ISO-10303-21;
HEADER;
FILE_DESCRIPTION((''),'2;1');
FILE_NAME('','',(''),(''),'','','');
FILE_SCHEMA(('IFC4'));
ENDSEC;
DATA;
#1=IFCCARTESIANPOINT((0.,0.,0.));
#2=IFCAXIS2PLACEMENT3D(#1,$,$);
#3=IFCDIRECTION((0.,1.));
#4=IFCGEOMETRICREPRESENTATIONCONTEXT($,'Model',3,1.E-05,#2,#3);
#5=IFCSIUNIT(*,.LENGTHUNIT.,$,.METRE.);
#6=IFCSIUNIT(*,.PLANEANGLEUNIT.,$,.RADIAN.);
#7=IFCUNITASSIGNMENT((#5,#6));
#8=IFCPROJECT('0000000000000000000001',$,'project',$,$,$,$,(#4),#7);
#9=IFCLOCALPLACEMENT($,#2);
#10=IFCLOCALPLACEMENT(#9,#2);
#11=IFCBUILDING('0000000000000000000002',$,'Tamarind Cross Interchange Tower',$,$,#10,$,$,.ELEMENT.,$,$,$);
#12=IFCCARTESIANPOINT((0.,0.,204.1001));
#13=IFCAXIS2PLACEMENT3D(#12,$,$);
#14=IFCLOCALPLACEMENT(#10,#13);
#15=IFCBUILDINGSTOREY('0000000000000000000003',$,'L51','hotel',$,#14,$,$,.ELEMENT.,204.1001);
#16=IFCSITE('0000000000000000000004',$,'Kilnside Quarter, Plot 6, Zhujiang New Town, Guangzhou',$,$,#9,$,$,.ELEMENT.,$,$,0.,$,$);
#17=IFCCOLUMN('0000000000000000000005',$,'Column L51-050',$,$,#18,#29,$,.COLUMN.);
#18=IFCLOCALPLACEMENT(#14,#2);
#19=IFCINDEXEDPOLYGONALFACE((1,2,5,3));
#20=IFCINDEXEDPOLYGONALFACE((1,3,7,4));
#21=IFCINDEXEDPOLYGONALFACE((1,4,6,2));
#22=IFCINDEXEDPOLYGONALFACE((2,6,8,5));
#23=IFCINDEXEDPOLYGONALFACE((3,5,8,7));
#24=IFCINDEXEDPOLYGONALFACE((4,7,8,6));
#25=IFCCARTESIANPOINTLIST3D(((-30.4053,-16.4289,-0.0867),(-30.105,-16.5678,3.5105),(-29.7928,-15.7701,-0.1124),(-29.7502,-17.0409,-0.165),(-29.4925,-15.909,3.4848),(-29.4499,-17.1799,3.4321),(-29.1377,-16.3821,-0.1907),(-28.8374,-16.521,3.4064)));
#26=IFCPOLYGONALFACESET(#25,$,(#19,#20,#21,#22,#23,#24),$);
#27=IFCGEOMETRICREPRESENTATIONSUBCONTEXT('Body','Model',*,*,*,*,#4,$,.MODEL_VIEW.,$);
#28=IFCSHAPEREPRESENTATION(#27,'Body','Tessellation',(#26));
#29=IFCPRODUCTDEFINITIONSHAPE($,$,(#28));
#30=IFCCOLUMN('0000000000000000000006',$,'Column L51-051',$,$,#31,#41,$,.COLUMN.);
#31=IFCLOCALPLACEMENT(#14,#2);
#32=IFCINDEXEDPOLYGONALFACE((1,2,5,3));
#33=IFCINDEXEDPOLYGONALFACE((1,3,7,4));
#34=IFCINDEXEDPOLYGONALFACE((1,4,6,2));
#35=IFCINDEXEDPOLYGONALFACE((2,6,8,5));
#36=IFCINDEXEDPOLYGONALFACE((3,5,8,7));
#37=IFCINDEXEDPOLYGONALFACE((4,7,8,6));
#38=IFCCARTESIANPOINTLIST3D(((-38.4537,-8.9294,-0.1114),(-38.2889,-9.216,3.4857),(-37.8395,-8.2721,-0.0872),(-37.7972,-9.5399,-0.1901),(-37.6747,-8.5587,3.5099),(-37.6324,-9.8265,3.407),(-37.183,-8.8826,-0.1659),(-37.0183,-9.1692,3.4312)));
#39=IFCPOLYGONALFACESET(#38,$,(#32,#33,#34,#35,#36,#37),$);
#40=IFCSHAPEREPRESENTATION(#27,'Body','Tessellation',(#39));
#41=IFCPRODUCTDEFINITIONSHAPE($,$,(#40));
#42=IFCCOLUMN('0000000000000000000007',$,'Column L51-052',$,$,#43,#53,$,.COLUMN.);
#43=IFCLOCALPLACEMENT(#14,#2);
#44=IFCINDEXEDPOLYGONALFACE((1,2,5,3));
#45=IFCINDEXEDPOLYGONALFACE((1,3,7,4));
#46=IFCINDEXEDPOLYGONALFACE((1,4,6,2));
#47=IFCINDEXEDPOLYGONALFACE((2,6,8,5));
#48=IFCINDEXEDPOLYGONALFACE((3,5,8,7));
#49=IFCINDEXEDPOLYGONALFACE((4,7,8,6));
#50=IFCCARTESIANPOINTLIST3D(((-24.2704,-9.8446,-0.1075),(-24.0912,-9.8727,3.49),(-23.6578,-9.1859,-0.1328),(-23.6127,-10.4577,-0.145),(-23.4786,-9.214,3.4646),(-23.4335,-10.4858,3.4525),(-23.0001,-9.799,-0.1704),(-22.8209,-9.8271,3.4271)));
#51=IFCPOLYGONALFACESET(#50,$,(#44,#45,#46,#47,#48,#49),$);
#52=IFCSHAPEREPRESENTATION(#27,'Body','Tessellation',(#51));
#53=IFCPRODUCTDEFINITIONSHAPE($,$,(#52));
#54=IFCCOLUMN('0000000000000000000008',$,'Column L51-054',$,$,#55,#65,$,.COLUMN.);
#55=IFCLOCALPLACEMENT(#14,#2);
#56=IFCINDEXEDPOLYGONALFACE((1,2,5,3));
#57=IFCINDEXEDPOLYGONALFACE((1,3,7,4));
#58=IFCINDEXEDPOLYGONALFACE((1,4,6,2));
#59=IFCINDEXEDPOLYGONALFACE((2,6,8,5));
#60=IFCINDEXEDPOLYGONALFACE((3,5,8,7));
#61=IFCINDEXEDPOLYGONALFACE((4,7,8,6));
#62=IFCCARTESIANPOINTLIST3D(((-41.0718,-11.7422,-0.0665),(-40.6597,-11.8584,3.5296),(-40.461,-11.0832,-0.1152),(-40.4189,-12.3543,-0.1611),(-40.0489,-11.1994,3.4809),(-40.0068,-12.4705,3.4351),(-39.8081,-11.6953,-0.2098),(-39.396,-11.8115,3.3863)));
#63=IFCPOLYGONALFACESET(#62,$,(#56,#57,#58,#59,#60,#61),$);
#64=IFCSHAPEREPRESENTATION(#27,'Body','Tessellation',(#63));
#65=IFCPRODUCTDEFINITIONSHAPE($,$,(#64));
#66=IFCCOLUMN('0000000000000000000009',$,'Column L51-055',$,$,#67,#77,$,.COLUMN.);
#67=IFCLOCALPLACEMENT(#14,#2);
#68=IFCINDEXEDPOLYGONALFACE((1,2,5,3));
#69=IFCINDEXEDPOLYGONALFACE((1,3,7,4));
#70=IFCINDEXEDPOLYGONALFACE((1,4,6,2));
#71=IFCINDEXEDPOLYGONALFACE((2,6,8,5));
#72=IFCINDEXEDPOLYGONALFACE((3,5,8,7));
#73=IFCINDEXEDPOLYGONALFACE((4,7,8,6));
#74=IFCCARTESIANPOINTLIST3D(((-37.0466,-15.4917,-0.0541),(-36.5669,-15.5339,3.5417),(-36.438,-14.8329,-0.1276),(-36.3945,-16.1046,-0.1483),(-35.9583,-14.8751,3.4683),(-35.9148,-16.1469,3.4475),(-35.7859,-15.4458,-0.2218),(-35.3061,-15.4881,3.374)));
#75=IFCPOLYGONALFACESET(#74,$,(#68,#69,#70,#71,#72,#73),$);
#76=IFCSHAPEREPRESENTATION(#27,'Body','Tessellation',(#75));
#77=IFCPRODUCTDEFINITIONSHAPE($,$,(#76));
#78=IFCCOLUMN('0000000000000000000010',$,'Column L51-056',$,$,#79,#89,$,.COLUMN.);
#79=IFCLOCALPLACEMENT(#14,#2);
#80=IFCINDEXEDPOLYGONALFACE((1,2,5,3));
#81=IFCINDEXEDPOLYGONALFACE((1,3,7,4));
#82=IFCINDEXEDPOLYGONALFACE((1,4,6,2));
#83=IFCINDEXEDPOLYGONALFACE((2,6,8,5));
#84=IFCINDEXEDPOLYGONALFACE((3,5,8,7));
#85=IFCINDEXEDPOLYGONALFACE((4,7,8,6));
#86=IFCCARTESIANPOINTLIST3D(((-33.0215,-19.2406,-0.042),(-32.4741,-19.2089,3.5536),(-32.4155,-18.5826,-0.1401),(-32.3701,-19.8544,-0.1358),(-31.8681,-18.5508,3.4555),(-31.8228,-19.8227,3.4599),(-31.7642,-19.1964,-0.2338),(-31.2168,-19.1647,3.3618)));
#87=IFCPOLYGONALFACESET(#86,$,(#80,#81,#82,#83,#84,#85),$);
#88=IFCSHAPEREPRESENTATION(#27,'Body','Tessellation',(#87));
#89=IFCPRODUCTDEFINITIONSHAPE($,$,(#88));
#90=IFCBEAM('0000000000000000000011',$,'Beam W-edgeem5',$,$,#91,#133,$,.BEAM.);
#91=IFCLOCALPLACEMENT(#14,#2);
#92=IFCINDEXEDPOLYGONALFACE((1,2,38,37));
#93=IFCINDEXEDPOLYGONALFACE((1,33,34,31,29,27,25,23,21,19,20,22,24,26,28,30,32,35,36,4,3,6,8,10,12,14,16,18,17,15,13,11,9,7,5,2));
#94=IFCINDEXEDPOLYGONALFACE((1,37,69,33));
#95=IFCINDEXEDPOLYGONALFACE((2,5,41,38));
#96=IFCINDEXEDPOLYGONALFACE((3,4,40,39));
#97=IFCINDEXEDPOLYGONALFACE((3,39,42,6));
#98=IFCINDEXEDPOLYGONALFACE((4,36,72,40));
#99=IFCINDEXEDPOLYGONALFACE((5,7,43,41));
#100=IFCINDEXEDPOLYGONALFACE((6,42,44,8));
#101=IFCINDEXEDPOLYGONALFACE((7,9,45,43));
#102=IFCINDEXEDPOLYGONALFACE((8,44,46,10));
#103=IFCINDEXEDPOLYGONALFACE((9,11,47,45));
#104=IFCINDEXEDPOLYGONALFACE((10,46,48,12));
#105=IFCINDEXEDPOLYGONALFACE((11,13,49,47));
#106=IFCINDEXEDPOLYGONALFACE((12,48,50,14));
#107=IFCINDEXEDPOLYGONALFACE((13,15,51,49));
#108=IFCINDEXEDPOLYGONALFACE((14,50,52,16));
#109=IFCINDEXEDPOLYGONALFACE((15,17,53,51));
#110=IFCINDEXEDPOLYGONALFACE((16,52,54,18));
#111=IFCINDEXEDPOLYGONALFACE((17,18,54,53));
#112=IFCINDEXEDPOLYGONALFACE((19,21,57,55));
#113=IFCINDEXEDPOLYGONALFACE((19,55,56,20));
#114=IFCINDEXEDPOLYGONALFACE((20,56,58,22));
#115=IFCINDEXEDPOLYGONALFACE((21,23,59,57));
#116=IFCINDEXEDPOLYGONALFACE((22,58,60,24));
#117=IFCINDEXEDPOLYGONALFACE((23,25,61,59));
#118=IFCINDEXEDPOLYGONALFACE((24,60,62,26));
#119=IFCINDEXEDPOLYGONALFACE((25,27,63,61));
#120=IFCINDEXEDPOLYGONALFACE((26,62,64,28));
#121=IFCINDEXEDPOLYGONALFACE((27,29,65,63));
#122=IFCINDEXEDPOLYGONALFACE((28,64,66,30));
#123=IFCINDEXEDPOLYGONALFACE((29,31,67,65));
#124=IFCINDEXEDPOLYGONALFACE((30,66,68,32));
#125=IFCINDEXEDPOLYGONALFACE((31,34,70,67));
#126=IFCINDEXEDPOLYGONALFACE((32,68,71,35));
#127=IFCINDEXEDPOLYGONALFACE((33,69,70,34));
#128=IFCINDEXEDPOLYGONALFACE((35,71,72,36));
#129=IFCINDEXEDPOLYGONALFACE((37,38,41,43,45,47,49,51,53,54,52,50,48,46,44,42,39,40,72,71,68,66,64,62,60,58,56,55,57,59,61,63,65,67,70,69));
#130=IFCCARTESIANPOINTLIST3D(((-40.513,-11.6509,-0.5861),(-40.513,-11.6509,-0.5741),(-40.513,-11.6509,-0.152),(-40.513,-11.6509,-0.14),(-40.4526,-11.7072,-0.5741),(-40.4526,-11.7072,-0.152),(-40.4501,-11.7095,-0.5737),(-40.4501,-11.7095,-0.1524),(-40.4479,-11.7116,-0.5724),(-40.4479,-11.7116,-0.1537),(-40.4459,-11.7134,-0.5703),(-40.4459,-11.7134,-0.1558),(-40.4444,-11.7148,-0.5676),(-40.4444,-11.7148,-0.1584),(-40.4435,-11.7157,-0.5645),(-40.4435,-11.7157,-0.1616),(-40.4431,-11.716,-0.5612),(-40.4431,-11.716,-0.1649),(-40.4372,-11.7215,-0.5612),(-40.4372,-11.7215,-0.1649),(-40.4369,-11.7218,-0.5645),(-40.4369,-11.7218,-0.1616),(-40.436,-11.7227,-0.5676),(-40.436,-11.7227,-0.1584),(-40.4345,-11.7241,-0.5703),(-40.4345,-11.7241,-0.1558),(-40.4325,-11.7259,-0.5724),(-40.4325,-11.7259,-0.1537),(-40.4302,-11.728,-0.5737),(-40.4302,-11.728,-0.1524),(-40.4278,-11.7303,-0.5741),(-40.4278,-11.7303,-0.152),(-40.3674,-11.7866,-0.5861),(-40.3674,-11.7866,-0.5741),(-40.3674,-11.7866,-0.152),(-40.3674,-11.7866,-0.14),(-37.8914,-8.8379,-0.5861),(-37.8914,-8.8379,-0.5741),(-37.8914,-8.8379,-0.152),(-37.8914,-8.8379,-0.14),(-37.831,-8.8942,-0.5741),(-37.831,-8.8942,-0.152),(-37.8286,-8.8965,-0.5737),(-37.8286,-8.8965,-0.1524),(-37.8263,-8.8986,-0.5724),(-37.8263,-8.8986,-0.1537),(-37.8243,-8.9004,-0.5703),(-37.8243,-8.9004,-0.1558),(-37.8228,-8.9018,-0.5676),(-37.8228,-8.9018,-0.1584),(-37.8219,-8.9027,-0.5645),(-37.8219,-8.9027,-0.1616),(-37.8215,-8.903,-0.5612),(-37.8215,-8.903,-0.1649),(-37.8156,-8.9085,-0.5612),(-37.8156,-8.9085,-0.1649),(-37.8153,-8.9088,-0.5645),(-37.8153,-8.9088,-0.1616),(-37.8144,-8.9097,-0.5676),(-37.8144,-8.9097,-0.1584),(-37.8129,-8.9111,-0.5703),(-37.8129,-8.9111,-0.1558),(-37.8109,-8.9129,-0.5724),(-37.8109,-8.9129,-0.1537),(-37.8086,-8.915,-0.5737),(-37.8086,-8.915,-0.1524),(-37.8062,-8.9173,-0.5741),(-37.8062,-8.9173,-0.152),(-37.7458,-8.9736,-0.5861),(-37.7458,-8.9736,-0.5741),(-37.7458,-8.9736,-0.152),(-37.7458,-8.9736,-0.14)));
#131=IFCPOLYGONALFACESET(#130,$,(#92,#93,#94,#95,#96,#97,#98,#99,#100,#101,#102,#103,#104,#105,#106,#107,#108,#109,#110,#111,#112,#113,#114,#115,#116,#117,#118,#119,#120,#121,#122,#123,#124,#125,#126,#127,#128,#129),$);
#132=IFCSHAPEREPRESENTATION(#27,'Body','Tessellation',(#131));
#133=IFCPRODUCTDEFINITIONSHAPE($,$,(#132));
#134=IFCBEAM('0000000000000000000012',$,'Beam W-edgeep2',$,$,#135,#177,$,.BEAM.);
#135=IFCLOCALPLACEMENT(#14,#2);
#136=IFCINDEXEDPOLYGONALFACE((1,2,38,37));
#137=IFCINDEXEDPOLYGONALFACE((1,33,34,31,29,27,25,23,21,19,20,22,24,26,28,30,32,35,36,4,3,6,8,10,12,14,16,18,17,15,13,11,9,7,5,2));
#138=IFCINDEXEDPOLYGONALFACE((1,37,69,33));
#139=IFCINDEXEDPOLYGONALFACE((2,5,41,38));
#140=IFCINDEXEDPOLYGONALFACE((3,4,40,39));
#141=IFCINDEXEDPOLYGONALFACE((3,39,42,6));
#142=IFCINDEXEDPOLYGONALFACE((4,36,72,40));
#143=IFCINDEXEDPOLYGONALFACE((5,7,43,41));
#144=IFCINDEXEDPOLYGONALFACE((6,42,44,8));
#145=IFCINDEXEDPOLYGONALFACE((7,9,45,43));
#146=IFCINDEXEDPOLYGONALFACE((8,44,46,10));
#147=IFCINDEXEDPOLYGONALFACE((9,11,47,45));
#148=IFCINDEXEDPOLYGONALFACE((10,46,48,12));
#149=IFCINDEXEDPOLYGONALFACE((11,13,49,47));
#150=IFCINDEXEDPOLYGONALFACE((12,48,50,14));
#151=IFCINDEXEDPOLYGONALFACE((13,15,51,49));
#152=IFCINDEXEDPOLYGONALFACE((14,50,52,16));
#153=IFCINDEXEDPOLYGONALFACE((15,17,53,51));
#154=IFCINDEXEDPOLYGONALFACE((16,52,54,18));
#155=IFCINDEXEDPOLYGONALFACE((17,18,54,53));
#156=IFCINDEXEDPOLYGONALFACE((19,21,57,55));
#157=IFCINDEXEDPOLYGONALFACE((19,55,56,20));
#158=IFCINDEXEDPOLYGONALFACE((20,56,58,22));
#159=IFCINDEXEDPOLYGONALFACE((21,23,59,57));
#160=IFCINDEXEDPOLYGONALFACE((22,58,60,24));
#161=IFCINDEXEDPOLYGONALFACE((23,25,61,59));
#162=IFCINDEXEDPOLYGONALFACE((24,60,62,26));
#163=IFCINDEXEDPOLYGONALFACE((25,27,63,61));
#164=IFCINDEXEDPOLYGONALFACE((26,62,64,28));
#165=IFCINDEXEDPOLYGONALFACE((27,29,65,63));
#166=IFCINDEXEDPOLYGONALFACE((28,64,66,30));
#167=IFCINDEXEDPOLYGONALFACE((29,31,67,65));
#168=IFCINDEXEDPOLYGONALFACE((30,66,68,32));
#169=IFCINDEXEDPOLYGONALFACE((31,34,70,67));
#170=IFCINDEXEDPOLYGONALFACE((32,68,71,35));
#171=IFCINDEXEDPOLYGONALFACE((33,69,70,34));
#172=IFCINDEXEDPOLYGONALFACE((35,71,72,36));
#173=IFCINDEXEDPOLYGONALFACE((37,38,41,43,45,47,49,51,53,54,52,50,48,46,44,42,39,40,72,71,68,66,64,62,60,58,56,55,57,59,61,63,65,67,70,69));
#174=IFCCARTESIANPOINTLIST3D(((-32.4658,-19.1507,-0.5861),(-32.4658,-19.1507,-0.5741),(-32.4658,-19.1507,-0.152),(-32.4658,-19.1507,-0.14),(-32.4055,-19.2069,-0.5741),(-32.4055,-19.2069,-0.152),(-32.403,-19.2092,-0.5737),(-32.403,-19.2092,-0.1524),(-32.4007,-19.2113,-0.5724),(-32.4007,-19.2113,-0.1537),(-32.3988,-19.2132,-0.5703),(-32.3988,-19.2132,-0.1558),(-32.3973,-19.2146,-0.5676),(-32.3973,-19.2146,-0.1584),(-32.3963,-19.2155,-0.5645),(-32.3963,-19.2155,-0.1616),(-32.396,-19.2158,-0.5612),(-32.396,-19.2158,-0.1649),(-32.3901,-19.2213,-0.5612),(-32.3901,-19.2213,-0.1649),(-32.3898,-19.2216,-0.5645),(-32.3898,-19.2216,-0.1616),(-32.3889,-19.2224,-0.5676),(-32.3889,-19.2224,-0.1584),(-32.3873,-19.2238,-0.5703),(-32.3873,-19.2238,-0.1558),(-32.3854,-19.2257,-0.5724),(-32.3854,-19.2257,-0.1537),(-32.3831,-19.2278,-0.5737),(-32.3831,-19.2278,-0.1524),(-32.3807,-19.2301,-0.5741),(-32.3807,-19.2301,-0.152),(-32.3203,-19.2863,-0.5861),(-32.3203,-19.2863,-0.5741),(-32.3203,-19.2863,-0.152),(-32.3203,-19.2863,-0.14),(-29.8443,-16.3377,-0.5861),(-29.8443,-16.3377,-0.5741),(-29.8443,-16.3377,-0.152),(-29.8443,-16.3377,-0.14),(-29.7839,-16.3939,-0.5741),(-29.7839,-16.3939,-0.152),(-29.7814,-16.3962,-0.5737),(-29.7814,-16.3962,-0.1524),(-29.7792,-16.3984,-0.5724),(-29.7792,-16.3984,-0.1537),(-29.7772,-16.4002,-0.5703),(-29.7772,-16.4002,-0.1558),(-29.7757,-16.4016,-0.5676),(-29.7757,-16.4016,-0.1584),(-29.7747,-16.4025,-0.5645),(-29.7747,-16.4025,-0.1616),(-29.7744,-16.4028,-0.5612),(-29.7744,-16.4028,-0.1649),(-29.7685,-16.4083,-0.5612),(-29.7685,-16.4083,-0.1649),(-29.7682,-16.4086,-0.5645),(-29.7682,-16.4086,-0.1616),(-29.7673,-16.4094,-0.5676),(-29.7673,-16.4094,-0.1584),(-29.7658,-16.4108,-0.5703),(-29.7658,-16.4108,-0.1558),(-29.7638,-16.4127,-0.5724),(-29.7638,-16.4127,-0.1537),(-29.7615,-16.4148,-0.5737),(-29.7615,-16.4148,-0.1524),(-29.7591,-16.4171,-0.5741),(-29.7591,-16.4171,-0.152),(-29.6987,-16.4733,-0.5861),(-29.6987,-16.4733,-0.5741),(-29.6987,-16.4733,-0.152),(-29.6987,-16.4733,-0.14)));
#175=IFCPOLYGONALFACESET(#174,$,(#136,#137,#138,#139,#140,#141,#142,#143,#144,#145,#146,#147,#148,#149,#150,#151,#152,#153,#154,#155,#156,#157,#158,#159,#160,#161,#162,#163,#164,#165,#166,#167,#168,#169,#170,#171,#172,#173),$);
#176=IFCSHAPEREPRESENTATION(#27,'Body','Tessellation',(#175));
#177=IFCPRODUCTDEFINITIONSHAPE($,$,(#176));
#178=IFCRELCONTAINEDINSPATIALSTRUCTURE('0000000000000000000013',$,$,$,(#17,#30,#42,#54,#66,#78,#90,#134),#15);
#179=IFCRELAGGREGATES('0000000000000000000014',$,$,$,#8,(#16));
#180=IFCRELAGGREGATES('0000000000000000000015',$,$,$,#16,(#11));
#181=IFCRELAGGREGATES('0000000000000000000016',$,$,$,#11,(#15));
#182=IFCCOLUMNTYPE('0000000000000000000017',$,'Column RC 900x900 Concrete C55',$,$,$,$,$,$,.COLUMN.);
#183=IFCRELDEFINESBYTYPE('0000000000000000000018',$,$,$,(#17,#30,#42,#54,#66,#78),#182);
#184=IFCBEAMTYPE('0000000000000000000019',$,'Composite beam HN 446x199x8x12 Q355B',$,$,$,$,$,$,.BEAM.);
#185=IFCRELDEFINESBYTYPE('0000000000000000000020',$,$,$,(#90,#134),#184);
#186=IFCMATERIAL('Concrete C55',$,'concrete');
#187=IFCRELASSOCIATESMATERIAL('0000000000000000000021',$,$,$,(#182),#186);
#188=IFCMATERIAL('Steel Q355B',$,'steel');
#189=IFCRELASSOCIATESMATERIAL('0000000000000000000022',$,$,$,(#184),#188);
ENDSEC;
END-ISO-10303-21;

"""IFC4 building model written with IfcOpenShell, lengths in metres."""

from ifc_helpers import new_model, si_unit, direction, frame, origin, origin_2d, place, context, subcontext, project, spatial, rectangle, i_section, extrude, material, material_profile, profile_set, type_object, element, save


model = new_model("IFC4")

# Units and contexts
model_context = context("Model", 3, precision=1e-05, world=origin(), true_north=direction((0.0, 1.0)))
body_context = subcontext(model_context, "Body", "Model", "MODEL_VIEW")
ifc_project = project(units=[si_unit("LENGTHUNIT", "METRE"), si_unit("PLANEANGLEUNIT", "RADIAN")], contexts=[model_context])

# Site, building, storey
site_placement = place(None, origin())
site = spatial("IfcSite", under=ifc_project, at=site_placement, Name="Kilnside Quarter, Plot 6, Zhujiang New Town, Guangzhou", CompositionType="ELEMENT", RefElevation=0.0)
building_placement = place(site_placement, origin())
building = spatial("IfcBuilding", under=site, at=building_placement, Name="Tamarind Cross Interchange Tower", CompositionType="ELEMENT")
storey_placement = place(building_placement, frame((0.0, 0.0, 204.1001)))
storey = spatial("IfcBuildingStorey", under=building, at=storey_placement, Name="L51", Description="hotel", CompositionType="ELEMENT", Elevation=204.1001)

# Columns
ifc_material_1 = material(Name="Concrete C55", Category="concrete")
ifc_material_profile_1 = material_profile(ifc_material_1, rectangle(XDim=0.8999, YDim=0.8999, at=origin_2d()), Name="RC 900x900")
ifc_profile_set_1 = profile_set([ifc_material_profile_1], Name="Concrete C55")
column_type = type_object("IfcColumnType", Name="Column RC 900x900 Concrete C55", PredefinedType="COLUMN", material=ifc_profile_set_1)
for number, where, z_axis, x_axis, name in (
    (1, (-29.7715, -16.4055, -0.1387), (0.083129, -0.038456, 0.995796), (-0.727917, 0.68012, 0.087032), "Column L51-050"),
    (2, (-37.8184, -8.906, -0.1387), (0.04562, -0.079345, 0.995803), (0.682472, 0.730415, 0.026934), "Column L51-051"),
):
    element("IfcColumn", number, at=place(storey_placement, frame(where, z_axis=z_axis, x_axis=x_axis)), inside=storey, type_object=column_type, Name=name, PredefinedType="COLUMN", context=body_context, shape_type="SweptSolid", body=[
        extrude(rectangle(XDim=0.8999, YDim=0.8999, at=origin_2d()), origin(), (0.0, 0.0, 1.0), 3.6123),
    ])
column_1_placement = place(storey_placement, frame((-23.6353, -9.8218, -0.1389), z_axis=(0.04975, -0.007795, 0.998731), x_axis=(-0.730823, 0.681291, 0.041722)))
element("IfcColumn", 3, at=column_1_placement, inside=storey, type_object=column_type, Name="Column L51-052", PredefinedType="COLUMN", context=body_context, shape_type="SweptSolid", body=[
    extrude(rectangle(XDim=0.8999, YDim=0.8999, at=origin_2d()), origin(), (0.0, 0.0, 1.0), 3.6021),
])
column_2_placement = place(storey_placement, frame((-40.4399, -11.7188, -0.1382), z_axis=(0.113792, -0.032088, 0.992986), x_axis=(-0.725487, 0.680161, 0.105117)))
element("IfcColumn", 4, at=column_2_placement, inside=storey, type_object=column_type, Name="Column L51-054", PredefinedType="COLUMN", context=body_context, shape_type="SweptSolid", body=[
    extrude(rectangle(XDim=0.8999, YDim=0.8999, at=origin_2d()), origin(), (0.0, 0.0, 1.0), 3.6216),
])
column_3_placement = place(storey_placement, frame((-36.4163, -15.4688, -0.1379), z_axis=(0.132239, -0.011642, 0.99115), x_axis=(-0.724645, 0.681125, 0.104682)))
element("IfcColumn", 5, at=column_3_placement, inside=storey, type_object=column_type, Name="Column L51-055", PredefinedType="COLUMN", context=body_context, shape_type="SweptSolid", body=[
    extrude(rectangle(XDim=0.8999, YDim=0.8999, at=origin_2d()), origin(), (0.0, 0.0, 1.0), 3.6279),
])
column_4_placement = place(storey_placement, frame((-32.3928, -19.2185, -0.1379), z_axis=(0.150488, 0.008726, 0.988573), x_axis=(-0.7238, 0.682102, 0.104161)))
element("IfcColumn", 6, at=column_4_placement, inside=storey, type_object=column_type, Name="Column L51-056", PredefinedType="COLUMN", context=body_context, shape_type="SweptSolid", body=[
    extrude(rectangle(XDim=0.8999, YDim=0.8999, at=origin_2d()), origin(), (0.0, 0.0, 1.0), 3.6372),
])

# Beams
ifc_material_2 = material(Name="Steel Q355B", Category="steel")
ifc_material_profile_2 = material_profile(ifc_material_2, i_section(OverallWidth=0.199, OverallDepth=0.446, WebThickness=0.0081, FlangeThickness=0.012, FilletRadius=0.0129, at=origin_2d()), Name="HN 446x199x8x12")
ifc_profile_set_2 = profile_set([ifc_material_profile_2], Name="Steel Q355B")
beam_type_1 = type_object("IfcBeamType", Name="Composite beam HN 446x199x8x12 Q355B", PredefinedType="BEAM", material=ifc_profile_set_2)
for number, where, z_axis, x_axis, name in (
    (7, (-40.4402, -11.7188, -0.363), (0.68178, 0.731558, 0.0), (-0.731558, 0.68178, 0.0), "Beam W-edgeem5"),
    (8, (-32.3931, -19.2185, -0.363), (0.68178, 0.731558, 0.0), (-0.731558, 0.68178, 0.0), "Beam W-edgeep2"),
):
    element("IfcBeam", number, at=place(storey_placement, frame(where, z_axis=z_axis, x_axis=x_axis)), inside=storey, type_object=beam_type_1, Name=name, PredefinedType="BEAM", context=body_context, shape_type="SweptSolid", body=[
        extrude(i_section(OverallWidth=0.199, OverallDepth=0.446, WebThickness=0.0081, FlangeThickness=0.012, FilletRadius=0.0129, at=origin_2d()), origin(), (0.0, 0.0, 1.0), 3.8452),
    ])

save(model, "model.ifc")
